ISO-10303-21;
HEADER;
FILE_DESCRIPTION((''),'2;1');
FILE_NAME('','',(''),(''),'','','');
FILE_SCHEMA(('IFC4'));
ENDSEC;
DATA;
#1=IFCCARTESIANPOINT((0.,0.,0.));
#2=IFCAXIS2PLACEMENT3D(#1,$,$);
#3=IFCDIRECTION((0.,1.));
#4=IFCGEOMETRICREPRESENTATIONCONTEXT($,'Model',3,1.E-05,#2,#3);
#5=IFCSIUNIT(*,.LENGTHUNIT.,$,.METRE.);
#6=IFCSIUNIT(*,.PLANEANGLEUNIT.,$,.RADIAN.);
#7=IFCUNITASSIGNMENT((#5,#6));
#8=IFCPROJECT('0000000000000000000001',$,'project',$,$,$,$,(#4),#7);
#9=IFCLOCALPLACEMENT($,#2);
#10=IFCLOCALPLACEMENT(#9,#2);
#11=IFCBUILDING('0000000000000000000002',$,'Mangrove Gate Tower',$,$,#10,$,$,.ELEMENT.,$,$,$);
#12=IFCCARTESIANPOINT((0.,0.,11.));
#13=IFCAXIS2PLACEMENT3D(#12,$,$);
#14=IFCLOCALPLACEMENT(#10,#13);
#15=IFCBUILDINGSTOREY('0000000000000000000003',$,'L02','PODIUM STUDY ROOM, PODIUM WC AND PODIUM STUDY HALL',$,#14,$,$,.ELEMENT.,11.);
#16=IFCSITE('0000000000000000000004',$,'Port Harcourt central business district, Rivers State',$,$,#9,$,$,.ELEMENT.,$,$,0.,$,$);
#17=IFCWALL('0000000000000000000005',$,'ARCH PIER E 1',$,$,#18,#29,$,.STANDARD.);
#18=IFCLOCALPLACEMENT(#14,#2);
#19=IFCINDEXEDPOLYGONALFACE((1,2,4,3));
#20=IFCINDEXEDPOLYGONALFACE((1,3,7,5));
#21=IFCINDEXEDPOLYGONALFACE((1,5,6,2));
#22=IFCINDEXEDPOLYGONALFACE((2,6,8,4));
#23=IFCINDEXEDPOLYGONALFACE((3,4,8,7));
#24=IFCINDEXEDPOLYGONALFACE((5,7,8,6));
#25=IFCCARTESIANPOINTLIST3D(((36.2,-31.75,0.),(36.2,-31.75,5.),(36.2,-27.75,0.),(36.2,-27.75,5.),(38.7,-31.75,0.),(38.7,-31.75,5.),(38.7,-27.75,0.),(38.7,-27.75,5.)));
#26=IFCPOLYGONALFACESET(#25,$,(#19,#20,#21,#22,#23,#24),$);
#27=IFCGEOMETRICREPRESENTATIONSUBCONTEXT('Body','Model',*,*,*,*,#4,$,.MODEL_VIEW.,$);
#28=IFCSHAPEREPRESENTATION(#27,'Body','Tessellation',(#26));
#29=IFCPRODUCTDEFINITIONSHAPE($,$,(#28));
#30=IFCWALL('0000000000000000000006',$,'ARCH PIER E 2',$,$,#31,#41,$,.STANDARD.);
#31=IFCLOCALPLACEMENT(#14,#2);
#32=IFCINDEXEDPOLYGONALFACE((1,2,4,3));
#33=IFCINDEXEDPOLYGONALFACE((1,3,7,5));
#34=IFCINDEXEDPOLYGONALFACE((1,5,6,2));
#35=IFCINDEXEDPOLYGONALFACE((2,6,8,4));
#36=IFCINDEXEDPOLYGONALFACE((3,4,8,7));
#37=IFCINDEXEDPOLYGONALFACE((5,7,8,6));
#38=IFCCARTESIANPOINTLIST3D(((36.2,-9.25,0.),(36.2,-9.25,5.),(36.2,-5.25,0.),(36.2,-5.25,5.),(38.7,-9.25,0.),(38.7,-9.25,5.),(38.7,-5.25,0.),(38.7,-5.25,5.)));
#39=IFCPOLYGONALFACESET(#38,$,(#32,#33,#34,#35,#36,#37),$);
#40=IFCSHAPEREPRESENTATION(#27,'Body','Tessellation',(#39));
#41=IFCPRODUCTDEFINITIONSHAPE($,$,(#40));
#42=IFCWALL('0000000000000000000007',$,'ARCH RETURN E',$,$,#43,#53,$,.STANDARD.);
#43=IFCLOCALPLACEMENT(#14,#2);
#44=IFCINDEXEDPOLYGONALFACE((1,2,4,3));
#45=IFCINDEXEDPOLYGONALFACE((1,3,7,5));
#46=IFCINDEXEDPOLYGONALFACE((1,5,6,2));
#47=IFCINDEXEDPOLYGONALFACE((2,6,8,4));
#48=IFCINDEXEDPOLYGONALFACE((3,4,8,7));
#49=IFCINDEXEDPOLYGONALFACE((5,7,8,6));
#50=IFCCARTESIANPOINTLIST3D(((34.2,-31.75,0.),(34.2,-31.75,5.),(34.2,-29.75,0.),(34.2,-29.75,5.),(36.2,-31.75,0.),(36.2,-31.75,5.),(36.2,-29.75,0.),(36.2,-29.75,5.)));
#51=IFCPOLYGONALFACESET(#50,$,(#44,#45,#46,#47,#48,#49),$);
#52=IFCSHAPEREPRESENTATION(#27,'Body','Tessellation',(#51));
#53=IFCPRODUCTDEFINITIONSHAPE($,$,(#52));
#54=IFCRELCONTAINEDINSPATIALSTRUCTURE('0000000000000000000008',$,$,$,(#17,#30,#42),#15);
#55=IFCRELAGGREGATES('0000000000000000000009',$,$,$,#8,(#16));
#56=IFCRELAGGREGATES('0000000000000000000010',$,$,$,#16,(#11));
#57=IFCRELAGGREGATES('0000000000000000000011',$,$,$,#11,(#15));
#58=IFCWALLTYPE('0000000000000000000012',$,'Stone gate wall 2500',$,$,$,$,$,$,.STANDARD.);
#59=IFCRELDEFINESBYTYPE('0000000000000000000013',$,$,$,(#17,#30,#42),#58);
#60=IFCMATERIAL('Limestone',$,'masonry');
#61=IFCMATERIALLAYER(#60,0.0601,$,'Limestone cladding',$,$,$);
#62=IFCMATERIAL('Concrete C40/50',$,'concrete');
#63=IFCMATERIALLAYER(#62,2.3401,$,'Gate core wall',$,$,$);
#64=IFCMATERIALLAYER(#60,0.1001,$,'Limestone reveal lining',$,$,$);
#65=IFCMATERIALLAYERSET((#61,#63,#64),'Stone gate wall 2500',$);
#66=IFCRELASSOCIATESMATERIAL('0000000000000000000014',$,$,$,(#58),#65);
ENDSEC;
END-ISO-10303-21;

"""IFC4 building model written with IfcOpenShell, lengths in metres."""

from ifc_helpers import new_model, si_unit, direction, frame, frame_2d, origin, place, context, subcontext, project, spatial, rectangle, extrude, material, layer, layer_set, type_object, element, save


model = new_model("IFC4")

# Units and contexts
model_context = context("Model", 3, precision=1e-05, world=origin(), true_north=direction((0.0, 1.0)))
body_context = subcontext(model_context, "Body", "Model", "MODEL_VIEW")
ifc_project = project(units=[si_unit("LENGTHUNIT", "METRE"), si_unit("PLANEANGLEUNIT", "RADIAN")], contexts=[model_context])

# Site, building, storey
site_placement = place(None, origin())
site = spatial("IfcSite", under=ifc_project, at=site_placement, Name="Port Harcourt central business district, Rivers State", CompositionType="ELEMENT", RefElevation=0.0)
building_placement = place(site_placement, origin())
building = spatial("IfcBuilding", under=site, at=building_placement, Name="Mangrove Gate Tower", CompositionType="ELEMENT")
storey_placement = place(building_placement, frame((0.0, 0.0, 11.0)))
storey = spatial("IfcBuildingStorey", under=building, at=storey_placement, Name="L02", Description="PODIUM STUDY ROOM, PODIUM WC AND PODIUM STUDY HALL", CompositionType="ELEMENT", Elevation=11.0)

# Shared definitions
ifc_material_1 = material(Name="Limestone", Category="masonry")

# Walls
ifc_layer_1 = layer(ifc_material_1, 0.0601, Name="Limestone cladding")
ifc_material_2 = material(Name="Concrete C40/50", Category="concrete")
ifc_layer_2 = layer(ifc_material_2, 2.3401, Name="Gate core wall")
ifc_layer_3 = layer(ifc_material_1, 0.1001, Name="Limestone reveal lining")
ifc_layer_set_1 = layer_set([ifc_layer_1, ifc_layer_2, ifc_layer_3], Name="Stone gate wall 2500")
wall_type_1 = type_object("IfcWallType", Name="Stone gate wall 2500", PredefinedType="STANDARD", material=ifc_layer_set_1)
for number, where, z_axis, x_axis, name in (
    (1, (37.45, -31.75, 0.0), (0.0, 0.0, 1.0), (0.0, 1.0, 0.0), "ARCH PIER E 1"),
    (2, (37.45, -9.25, 0.0), (0.0, 0.0, 1.0), (0.0, 1.0, 0.0), "ARCH PIER E 2"),
):
    element("IfcWall", number, at=place(storey_placement, frame(where, z_axis=z_axis, x_axis=x_axis)), inside=storey, type_object=wall_type_1, Name=name, PredefinedType="STANDARD", context=body_context, shape_type="SweptSolid", body=[
        extrude(rectangle(XDim=4.0, YDim=2.5, at=frame_2d((2.0, 0.0))), origin(), (0.0, 0.0, 1.0), 5.0),
    ])
wall_1_placement = place(storey_placement, frame((34.2, -30.75, 0.0), z_axis=(0.0, 0.0, 1.0), x_axis=(1.0, 0.0, 0.0)))
element("IfcWall", 3, at=wall_1_placement, inside=storey, type_object=wall_type_1, Name="ARCH RETURN E", PredefinedType="STANDARD", context=body_context, shape_type="SweptSolid", body=[
    extrude(rectangle(XDim=2.0, YDim=2.0, at=frame_2d((1.0, 0.0))), origin(), (0.0, 0.0, 1.0), 5.0),
])

save(model, "model.ifc")
